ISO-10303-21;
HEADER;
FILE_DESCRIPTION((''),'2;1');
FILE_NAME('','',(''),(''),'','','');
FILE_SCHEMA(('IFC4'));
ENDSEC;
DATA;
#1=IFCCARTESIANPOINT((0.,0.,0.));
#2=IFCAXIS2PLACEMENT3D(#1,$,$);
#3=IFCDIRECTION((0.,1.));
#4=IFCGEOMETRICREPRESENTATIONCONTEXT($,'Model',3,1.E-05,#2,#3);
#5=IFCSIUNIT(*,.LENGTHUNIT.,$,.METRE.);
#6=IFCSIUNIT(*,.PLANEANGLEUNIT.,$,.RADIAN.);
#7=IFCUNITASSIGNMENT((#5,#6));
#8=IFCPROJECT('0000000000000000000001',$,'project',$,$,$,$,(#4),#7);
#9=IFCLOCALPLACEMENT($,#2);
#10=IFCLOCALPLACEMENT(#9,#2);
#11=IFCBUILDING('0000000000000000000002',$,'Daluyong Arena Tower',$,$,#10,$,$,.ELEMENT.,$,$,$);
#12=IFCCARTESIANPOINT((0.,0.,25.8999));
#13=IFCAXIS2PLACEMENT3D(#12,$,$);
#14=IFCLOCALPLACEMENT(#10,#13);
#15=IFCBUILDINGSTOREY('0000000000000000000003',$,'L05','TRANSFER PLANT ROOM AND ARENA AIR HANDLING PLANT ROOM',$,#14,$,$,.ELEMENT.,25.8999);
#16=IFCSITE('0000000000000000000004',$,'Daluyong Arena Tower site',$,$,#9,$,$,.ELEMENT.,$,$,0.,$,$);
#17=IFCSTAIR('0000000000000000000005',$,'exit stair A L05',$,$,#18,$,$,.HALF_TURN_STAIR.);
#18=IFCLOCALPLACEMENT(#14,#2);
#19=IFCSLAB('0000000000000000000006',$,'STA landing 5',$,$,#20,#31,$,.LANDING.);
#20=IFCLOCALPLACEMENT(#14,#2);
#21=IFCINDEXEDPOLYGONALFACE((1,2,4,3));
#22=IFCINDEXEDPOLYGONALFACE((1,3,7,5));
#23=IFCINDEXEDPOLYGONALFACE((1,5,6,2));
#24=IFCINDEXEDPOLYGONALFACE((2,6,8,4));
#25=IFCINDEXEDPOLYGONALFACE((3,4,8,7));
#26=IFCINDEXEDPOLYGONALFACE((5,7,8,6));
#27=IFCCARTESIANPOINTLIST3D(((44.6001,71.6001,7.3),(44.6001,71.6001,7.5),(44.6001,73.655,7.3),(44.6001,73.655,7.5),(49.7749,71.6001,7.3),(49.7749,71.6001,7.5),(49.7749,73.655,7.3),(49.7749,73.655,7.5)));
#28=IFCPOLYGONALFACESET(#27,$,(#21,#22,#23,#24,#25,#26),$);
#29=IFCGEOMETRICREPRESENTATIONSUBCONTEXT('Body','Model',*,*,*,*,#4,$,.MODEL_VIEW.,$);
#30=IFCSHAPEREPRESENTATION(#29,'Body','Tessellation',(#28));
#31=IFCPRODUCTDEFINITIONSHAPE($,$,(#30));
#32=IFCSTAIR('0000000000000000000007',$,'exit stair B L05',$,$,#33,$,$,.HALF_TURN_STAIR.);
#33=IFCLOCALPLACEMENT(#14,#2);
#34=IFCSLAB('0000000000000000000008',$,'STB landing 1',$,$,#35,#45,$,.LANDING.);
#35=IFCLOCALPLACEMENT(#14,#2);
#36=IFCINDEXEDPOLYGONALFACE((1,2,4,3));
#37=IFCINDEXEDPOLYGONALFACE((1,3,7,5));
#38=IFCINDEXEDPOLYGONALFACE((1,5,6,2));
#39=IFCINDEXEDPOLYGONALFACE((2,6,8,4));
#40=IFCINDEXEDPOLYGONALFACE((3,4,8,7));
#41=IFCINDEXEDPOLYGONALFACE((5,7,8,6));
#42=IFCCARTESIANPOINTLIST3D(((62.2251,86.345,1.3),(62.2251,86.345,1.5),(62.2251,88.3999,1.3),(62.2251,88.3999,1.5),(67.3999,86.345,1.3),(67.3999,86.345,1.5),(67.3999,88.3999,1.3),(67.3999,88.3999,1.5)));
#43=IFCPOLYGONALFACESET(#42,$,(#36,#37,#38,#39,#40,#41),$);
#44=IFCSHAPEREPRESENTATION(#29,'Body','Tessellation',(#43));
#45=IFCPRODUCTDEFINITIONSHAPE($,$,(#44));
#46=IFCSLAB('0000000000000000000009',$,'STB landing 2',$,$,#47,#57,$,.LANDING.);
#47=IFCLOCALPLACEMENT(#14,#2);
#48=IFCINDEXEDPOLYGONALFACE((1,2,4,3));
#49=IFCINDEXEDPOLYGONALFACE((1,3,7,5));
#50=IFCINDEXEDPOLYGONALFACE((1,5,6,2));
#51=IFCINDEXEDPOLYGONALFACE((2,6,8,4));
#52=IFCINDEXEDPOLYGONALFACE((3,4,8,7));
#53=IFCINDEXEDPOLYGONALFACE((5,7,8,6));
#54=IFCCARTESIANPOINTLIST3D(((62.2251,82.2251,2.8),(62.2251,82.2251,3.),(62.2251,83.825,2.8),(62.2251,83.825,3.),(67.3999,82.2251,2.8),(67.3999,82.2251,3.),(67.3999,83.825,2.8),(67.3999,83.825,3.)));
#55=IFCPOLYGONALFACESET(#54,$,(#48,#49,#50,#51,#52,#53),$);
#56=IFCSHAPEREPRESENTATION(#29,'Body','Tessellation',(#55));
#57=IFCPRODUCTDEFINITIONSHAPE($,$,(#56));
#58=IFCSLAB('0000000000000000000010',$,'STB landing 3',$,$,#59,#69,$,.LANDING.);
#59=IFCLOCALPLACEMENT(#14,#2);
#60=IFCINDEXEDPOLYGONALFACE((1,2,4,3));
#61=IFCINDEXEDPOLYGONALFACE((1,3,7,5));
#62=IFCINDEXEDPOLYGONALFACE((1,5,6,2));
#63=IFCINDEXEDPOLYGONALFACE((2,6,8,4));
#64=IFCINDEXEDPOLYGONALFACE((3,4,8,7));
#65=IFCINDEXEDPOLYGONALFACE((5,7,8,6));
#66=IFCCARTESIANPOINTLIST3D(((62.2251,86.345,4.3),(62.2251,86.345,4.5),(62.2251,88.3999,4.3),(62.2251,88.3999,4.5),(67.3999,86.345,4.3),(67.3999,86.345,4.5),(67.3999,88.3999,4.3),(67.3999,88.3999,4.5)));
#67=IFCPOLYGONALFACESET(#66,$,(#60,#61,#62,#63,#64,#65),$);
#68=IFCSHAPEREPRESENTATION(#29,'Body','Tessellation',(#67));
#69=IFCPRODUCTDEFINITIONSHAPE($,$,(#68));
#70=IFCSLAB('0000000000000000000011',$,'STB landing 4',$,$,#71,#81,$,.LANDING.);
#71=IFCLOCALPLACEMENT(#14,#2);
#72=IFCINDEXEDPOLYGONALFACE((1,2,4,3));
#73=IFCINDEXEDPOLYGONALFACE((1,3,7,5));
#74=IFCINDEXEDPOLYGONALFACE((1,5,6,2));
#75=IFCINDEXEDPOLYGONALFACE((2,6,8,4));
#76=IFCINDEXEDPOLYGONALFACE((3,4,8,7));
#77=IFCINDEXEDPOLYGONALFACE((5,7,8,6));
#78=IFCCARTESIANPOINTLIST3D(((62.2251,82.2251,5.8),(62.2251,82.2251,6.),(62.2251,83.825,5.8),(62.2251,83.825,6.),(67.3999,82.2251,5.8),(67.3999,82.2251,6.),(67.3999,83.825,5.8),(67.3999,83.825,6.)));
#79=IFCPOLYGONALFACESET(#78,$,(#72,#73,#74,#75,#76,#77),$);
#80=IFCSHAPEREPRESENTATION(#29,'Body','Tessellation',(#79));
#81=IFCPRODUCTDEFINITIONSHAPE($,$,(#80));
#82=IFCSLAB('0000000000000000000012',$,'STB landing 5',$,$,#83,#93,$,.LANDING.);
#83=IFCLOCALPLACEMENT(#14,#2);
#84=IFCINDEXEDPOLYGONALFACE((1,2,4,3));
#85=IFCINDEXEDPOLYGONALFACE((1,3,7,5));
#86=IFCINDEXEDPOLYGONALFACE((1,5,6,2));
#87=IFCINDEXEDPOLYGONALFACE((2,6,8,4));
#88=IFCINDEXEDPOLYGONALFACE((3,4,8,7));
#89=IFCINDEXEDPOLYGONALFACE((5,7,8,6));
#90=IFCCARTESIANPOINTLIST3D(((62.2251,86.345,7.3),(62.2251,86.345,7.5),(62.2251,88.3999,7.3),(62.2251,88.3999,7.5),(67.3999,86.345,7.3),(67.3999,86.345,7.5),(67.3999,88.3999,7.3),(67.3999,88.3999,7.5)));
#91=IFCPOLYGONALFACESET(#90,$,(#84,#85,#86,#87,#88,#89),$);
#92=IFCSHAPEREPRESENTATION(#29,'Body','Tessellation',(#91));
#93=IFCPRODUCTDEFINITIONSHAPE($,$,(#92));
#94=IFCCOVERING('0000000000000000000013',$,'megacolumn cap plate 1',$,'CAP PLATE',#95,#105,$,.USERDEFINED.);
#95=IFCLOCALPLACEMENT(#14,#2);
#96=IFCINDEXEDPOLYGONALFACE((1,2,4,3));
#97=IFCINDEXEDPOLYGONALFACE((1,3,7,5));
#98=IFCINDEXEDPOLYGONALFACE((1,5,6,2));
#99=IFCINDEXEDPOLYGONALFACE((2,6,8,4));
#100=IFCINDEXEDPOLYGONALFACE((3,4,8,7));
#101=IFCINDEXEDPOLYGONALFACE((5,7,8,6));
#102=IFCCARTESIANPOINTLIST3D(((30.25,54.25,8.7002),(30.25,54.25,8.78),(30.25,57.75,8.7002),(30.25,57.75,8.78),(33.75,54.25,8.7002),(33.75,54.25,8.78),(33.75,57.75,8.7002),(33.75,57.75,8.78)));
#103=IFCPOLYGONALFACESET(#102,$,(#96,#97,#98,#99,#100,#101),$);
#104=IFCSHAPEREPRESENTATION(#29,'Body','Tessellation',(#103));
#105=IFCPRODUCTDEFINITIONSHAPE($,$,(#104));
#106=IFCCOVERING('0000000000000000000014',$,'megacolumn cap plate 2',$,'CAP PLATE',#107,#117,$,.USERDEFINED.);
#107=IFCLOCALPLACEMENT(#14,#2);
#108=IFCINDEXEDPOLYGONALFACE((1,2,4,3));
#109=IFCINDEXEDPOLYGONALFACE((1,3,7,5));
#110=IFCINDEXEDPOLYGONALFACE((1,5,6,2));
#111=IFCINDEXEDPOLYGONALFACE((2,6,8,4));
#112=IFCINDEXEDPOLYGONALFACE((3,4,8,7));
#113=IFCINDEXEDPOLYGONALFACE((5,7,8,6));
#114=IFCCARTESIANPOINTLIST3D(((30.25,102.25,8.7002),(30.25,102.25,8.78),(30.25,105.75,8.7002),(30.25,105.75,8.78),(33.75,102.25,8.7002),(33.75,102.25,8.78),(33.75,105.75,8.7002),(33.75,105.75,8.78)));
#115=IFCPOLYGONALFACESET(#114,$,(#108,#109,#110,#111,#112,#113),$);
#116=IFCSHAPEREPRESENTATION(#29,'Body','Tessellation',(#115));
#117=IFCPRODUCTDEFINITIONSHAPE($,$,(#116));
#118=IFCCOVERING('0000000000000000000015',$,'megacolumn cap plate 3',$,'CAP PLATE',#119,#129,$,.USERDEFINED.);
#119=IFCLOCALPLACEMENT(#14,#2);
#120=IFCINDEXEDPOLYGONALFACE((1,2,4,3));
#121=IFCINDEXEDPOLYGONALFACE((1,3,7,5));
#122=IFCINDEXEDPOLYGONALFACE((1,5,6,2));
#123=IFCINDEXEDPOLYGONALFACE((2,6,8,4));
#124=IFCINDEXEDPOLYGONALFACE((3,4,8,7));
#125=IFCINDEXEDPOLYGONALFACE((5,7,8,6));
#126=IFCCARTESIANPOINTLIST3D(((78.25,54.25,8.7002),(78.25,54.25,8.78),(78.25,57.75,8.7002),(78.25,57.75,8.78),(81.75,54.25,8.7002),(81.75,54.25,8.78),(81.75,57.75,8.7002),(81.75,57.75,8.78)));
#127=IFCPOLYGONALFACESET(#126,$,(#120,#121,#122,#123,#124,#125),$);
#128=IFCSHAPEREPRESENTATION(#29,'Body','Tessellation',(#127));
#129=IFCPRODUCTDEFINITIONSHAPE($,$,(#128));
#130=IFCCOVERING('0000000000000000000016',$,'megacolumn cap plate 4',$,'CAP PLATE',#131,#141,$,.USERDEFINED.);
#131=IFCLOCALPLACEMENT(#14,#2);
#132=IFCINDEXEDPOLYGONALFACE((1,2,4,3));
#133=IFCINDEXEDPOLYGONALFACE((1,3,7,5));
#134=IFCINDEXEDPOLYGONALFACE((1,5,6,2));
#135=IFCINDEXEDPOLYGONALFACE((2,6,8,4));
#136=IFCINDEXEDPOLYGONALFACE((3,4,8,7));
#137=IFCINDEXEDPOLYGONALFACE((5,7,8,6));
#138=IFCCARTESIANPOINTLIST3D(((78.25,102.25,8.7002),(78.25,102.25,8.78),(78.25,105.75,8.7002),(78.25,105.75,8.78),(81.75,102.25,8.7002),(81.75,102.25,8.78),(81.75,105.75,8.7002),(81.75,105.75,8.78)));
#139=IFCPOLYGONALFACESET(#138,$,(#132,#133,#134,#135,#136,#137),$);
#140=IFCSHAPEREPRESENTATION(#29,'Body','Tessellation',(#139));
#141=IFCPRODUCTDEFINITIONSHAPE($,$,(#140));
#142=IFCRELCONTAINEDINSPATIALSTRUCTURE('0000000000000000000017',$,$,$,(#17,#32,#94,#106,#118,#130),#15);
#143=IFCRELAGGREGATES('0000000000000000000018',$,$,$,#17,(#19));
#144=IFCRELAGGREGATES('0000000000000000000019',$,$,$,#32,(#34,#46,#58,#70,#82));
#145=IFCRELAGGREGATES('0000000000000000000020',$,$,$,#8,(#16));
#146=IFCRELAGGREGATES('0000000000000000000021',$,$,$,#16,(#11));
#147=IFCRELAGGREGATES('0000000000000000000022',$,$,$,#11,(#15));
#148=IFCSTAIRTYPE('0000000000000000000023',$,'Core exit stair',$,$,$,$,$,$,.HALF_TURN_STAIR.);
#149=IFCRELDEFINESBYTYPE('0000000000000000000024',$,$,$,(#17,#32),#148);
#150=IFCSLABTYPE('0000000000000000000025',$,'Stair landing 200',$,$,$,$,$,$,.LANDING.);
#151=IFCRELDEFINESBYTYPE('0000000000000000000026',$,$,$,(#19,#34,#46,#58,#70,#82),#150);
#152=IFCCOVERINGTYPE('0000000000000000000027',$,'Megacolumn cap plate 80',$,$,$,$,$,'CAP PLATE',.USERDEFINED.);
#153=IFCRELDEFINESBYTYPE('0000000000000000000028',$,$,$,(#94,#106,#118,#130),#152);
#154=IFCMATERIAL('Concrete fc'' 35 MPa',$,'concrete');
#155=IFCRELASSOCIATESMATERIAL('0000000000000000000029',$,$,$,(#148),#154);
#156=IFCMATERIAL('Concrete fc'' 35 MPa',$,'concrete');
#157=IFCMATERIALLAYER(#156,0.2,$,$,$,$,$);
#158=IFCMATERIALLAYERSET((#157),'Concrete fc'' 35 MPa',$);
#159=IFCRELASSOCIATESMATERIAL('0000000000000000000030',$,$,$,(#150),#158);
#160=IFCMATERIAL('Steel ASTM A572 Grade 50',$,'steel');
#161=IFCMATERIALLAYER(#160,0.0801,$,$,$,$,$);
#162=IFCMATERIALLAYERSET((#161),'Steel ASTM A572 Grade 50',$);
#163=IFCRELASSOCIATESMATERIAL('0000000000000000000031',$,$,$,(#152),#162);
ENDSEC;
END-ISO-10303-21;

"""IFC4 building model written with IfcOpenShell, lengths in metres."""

from ifc_helpers import new_model, si_unit, direction, frame, origin, place, context, subcontext, project, spatial, polyline, outline, extrude, material, layer, layer_set, type_object, element, aggregate, save


model = new_model("IFC4")

# Units and contexts
model_context = context("Model", 3, precision=1e-05, world=origin(), true_north=direction((0.0, 1.0)))
body_context = subcontext(model_context, "Body", "Model", "MODEL_VIEW")
ifc_project = project(units=[si_unit("LENGTHUNIT", "METRE"), si_unit("PLANEANGLEUNIT", "RADIAN")], contexts=[model_context])

# Site, building, storey
site_placement = place(None, origin())
site = spatial("IfcSite", under=ifc_project, at=site_placement, Name="Daluyong Arena Tower site", CompositionType="ELEMENT", RefElevation=0.0)
building_placement = place(site_placement, origin())
building = spatial("IfcBuilding", under=site, at=building_placement, Name="Daluyong Arena Tower", CompositionType="ELEMENT")
storey_placement = place(building_placement, frame((0.0, 0.0, 25.8999)))
storey = spatial("IfcBuildingStorey", under=building, at=storey_placement, Name="L05", Description="TRANSFER PLANT ROOM AND ARENA AIR HANDLING PLANT ROOM", CompositionType="ELEMENT", Elevation=25.8999)

# Stairs, slabs
ifc_material_1 = material(Name="Concrete fc' 35 MPa", Category="concrete")
stair_type = type_object("IfcStairType", Name="Core exit stair", PredefinedType="HALF_TURN_STAIR", material=ifc_material_1)
stair_1_placement = place(storey_placement, origin())
stair_1 = element("IfcStair", 1, at=stair_1_placement, inside=storey, type_object=stair_type, Name="exit stair A L05", PredefinedType="HALF_TURN_STAIR")
ifc_material_2 = material(Name="Concrete fc' 35 MPa", Category="concrete")
ifc_layer_1 = layer(ifc_material_2, 0.2)
ifc_layer_set_1 = layer_set([ifc_layer_1], Name="Concrete fc' 35 MPa")
slab_type = type_object("IfcSlabType", Name="Stair landing 200", PredefinedType="LANDING", material=ifc_layer_set_1)
slab_1_placement = place(storey_placement, frame((0.0, 0.0, 7.3)))
slab_1 = element("IfcSlab", 2, at=slab_1_placement, type_object=slab_type, Name="STA landing 5", PredefinedType="LANDING", context=body_context, shape_type="SweptSolid", body=[
    extrude(outline(polyline([(44.6001, 71.6001), (49.7749, 71.6001), (49.7749, 73.655), (44.6001, 73.655), (44.6001, 71.6001)])), origin(), (0.0, 0.0, 1.0), 0.2),
])
aggregate(stair_1, [slab_1])
stair_2_placement = place(storey_placement, origin())
stair_2 = element("IfcStair", 3, at=stair_2_placement, inside=storey, type_object=stair_type, Name="exit stair B L05", PredefinedType="HALF_TURN_STAIR")
slab_2_placement = place(storey_placement, frame((0.0, 0.0, 1.3)))
slab_2 = element("IfcSlab", 4, at=slab_2_placement, type_object=slab_type, Name="STB landing 1", PredefinedType="LANDING", context=body_context, shape_type="SweptSolid", body=[
    extrude(outline(polyline([(62.2251, 86.345), (67.3999, 86.345), (67.3999, 88.3999), (62.2251, 88.3999), (62.2251, 86.345)])), origin(), (0.0, 0.0, 1.0), 0.2),
])
slab_3_placement = place(storey_placement, frame((0.0, 0.0, 2.8)))
slab_3 = element("IfcSlab", 5, at=slab_3_placement, type_object=slab_type, Name="STB landing 2", PredefinedType="LANDING", context=body_context, shape_type="SweptSolid", body=[
    extrude(outline(polyline([(62.2251, 82.2251), (67.3999, 82.2251), (67.3999, 83.825), (62.2251, 83.825), (62.2251, 82.2251)])), origin(), (0.0, 0.0, 1.0), 0.2),
])
slab_4_placement = place(storey_placement, frame((0.0, 0.0, 4.3)))
slab_4 = element("IfcSlab", 6, at=slab_4_placement, type_object=slab_type, Name="STB landing 3", PredefinedType="LANDING", context=body_context, shape_type="SweptSolid", body=[
    extrude(outline(polyline([(62.2251, 86.345), (67.3999, 86.345), (67.3999, 88.3999), (62.2251, 88.3999), (62.2251, 86.345)])), origin(), (0.0, 0.0, 1.0), 0.2),
])
slab_5_placement = place(storey_placement, frame((0.0, 0.0, 5.8)))
slab_5 = element("IfcSlab", 7, at=slab_5_placement, type_object=slab_type, Name="STB landing 4", PredefinedType="LANDING", context=body_context, shape_type="SweptSolid", body=[
    extrude(outline(polyline([(62.2251, 82.2251), (67.3999, 82.2251), (67.3999, 83.825), (62.2251, 83.825), (62.2251, 82.2251)])), origin(), (0.0, 0.0, 1.0), 0.2),
])
slab_6_placement = place(storey_placement, frame((0.0, 0.0, 7.3)))
slab_6 = element("IfcSlab", 8, at=slab_6_placement, type_object=slab_type, Name="STB landing 5", PredefinedType="LANDING", context=body_context, shape_type="SweptSolid", body=[
    extrude(outline(polyline([(62.2251, 86.345), (67.3999, 86.345), (67.3999, 88.3999), (62.2251, 88.3999), (62.2251, 86.345)])), origin(), (0.0, 0.0, 1.0), 0.2),
])
aggregate(stair_2, [slab_2, slab_3, slab_4, slab_5, slab_6])

# Coverings
ifc_material_3 = material(Name="Steel ASTM A572 Grade 50", Category="steel")
ifc_layer_2 = layer(ifc_material_3, 0.0801)
ifc_layer_set_2 = layer_set([ifc_layer_2], Name="Steel ASTM A572 Grade 50")
covering_type = type_object("IfcCoveringType", Name="Megacolumn cap plate 80", ElementType="CAP PLATE", PredefinedType="USERDEFINED", material=ifc_layer_set_2)
covering_1_placement = place(storey_placement, frame((0.0, 0.0, 8.7002)))
element("IfcCovering", 9, at=covering_1_placement, inside=storey, type_object=covering_type, Name="megacolumn cap plate 1", ObjectType="CAP PLATE", PredefinedType="USERDEFINED", context=body_context, shape_type="SweptSolid", body=[
    extrude(outline(polyline([(30.25, 54.25), (33.75, 54.25), (33.75, 57.75), (30.25, 57.75), (30.25, 54.25)])), origin(), (0.0, 0.0, 1.0), 0.0798),
])
covering_2_placement = place(storey_placement, frame((0.0, 0.0, 8.7002)))
element("IfcCovering", 10, at=covering_2_placement, inside=storey, type_object=covering_type, Name="megacolumn cap plate 2", ObjectType="CAP PLATE", PredefinedType="USERDEFINED", context=body_context, shape_type="SweptSolid", body=[
    extrude(outline(polyline([(30.25, 102.25), (33.75, 102.25), (33.75, 105.75), (30.25, 105.75), (30.25, 102.25)])), origin(), (0.0, 0.0, 1.0), 0.0798),
])
covering_3_placement = place(storey_placement, frame((0.0, 0.0, 8.7002)))
element("IfcCovering", 11, at=covering_3_placement, inside=storey, type_object=covering_type, Name="megacolumn cap plate 3", ObjectType="CAP PLATE", PredefinedType="USERDEFINED", context=body_context, shape_type="SweptSolid", body=[
    extrude(outline(polyline([(78.25, 54.25), (81.75, 54.25), (81.75, 57.75), (78.25, 57.75), (78.25, 54.25)])), origin(), (0.0, 0.0, 1.0), 0.0798),
])
covering_4_placement = place(storey_placement, frame((0.0, 0.0, 8.7002)))
element("IfcCovering", 12, at=covering_4_placement, inside=storey, type_object=covering_type, Name="megacolumn cap plate 4", ObjectType="CAP PLATE", PredefinedType="USERDEFINED", context=body_context, shape_type="SweptSolid", body=[
    extrude(outline(polyline([(78.25, 102.25), (81.75, 102.25), (81.75, 105.75), (78.25, 105.75), (78.25, 102.25)])), origin(), (0.0, 0.0, 1.0), 0.0798),
])

save(model, "model.ifc")
